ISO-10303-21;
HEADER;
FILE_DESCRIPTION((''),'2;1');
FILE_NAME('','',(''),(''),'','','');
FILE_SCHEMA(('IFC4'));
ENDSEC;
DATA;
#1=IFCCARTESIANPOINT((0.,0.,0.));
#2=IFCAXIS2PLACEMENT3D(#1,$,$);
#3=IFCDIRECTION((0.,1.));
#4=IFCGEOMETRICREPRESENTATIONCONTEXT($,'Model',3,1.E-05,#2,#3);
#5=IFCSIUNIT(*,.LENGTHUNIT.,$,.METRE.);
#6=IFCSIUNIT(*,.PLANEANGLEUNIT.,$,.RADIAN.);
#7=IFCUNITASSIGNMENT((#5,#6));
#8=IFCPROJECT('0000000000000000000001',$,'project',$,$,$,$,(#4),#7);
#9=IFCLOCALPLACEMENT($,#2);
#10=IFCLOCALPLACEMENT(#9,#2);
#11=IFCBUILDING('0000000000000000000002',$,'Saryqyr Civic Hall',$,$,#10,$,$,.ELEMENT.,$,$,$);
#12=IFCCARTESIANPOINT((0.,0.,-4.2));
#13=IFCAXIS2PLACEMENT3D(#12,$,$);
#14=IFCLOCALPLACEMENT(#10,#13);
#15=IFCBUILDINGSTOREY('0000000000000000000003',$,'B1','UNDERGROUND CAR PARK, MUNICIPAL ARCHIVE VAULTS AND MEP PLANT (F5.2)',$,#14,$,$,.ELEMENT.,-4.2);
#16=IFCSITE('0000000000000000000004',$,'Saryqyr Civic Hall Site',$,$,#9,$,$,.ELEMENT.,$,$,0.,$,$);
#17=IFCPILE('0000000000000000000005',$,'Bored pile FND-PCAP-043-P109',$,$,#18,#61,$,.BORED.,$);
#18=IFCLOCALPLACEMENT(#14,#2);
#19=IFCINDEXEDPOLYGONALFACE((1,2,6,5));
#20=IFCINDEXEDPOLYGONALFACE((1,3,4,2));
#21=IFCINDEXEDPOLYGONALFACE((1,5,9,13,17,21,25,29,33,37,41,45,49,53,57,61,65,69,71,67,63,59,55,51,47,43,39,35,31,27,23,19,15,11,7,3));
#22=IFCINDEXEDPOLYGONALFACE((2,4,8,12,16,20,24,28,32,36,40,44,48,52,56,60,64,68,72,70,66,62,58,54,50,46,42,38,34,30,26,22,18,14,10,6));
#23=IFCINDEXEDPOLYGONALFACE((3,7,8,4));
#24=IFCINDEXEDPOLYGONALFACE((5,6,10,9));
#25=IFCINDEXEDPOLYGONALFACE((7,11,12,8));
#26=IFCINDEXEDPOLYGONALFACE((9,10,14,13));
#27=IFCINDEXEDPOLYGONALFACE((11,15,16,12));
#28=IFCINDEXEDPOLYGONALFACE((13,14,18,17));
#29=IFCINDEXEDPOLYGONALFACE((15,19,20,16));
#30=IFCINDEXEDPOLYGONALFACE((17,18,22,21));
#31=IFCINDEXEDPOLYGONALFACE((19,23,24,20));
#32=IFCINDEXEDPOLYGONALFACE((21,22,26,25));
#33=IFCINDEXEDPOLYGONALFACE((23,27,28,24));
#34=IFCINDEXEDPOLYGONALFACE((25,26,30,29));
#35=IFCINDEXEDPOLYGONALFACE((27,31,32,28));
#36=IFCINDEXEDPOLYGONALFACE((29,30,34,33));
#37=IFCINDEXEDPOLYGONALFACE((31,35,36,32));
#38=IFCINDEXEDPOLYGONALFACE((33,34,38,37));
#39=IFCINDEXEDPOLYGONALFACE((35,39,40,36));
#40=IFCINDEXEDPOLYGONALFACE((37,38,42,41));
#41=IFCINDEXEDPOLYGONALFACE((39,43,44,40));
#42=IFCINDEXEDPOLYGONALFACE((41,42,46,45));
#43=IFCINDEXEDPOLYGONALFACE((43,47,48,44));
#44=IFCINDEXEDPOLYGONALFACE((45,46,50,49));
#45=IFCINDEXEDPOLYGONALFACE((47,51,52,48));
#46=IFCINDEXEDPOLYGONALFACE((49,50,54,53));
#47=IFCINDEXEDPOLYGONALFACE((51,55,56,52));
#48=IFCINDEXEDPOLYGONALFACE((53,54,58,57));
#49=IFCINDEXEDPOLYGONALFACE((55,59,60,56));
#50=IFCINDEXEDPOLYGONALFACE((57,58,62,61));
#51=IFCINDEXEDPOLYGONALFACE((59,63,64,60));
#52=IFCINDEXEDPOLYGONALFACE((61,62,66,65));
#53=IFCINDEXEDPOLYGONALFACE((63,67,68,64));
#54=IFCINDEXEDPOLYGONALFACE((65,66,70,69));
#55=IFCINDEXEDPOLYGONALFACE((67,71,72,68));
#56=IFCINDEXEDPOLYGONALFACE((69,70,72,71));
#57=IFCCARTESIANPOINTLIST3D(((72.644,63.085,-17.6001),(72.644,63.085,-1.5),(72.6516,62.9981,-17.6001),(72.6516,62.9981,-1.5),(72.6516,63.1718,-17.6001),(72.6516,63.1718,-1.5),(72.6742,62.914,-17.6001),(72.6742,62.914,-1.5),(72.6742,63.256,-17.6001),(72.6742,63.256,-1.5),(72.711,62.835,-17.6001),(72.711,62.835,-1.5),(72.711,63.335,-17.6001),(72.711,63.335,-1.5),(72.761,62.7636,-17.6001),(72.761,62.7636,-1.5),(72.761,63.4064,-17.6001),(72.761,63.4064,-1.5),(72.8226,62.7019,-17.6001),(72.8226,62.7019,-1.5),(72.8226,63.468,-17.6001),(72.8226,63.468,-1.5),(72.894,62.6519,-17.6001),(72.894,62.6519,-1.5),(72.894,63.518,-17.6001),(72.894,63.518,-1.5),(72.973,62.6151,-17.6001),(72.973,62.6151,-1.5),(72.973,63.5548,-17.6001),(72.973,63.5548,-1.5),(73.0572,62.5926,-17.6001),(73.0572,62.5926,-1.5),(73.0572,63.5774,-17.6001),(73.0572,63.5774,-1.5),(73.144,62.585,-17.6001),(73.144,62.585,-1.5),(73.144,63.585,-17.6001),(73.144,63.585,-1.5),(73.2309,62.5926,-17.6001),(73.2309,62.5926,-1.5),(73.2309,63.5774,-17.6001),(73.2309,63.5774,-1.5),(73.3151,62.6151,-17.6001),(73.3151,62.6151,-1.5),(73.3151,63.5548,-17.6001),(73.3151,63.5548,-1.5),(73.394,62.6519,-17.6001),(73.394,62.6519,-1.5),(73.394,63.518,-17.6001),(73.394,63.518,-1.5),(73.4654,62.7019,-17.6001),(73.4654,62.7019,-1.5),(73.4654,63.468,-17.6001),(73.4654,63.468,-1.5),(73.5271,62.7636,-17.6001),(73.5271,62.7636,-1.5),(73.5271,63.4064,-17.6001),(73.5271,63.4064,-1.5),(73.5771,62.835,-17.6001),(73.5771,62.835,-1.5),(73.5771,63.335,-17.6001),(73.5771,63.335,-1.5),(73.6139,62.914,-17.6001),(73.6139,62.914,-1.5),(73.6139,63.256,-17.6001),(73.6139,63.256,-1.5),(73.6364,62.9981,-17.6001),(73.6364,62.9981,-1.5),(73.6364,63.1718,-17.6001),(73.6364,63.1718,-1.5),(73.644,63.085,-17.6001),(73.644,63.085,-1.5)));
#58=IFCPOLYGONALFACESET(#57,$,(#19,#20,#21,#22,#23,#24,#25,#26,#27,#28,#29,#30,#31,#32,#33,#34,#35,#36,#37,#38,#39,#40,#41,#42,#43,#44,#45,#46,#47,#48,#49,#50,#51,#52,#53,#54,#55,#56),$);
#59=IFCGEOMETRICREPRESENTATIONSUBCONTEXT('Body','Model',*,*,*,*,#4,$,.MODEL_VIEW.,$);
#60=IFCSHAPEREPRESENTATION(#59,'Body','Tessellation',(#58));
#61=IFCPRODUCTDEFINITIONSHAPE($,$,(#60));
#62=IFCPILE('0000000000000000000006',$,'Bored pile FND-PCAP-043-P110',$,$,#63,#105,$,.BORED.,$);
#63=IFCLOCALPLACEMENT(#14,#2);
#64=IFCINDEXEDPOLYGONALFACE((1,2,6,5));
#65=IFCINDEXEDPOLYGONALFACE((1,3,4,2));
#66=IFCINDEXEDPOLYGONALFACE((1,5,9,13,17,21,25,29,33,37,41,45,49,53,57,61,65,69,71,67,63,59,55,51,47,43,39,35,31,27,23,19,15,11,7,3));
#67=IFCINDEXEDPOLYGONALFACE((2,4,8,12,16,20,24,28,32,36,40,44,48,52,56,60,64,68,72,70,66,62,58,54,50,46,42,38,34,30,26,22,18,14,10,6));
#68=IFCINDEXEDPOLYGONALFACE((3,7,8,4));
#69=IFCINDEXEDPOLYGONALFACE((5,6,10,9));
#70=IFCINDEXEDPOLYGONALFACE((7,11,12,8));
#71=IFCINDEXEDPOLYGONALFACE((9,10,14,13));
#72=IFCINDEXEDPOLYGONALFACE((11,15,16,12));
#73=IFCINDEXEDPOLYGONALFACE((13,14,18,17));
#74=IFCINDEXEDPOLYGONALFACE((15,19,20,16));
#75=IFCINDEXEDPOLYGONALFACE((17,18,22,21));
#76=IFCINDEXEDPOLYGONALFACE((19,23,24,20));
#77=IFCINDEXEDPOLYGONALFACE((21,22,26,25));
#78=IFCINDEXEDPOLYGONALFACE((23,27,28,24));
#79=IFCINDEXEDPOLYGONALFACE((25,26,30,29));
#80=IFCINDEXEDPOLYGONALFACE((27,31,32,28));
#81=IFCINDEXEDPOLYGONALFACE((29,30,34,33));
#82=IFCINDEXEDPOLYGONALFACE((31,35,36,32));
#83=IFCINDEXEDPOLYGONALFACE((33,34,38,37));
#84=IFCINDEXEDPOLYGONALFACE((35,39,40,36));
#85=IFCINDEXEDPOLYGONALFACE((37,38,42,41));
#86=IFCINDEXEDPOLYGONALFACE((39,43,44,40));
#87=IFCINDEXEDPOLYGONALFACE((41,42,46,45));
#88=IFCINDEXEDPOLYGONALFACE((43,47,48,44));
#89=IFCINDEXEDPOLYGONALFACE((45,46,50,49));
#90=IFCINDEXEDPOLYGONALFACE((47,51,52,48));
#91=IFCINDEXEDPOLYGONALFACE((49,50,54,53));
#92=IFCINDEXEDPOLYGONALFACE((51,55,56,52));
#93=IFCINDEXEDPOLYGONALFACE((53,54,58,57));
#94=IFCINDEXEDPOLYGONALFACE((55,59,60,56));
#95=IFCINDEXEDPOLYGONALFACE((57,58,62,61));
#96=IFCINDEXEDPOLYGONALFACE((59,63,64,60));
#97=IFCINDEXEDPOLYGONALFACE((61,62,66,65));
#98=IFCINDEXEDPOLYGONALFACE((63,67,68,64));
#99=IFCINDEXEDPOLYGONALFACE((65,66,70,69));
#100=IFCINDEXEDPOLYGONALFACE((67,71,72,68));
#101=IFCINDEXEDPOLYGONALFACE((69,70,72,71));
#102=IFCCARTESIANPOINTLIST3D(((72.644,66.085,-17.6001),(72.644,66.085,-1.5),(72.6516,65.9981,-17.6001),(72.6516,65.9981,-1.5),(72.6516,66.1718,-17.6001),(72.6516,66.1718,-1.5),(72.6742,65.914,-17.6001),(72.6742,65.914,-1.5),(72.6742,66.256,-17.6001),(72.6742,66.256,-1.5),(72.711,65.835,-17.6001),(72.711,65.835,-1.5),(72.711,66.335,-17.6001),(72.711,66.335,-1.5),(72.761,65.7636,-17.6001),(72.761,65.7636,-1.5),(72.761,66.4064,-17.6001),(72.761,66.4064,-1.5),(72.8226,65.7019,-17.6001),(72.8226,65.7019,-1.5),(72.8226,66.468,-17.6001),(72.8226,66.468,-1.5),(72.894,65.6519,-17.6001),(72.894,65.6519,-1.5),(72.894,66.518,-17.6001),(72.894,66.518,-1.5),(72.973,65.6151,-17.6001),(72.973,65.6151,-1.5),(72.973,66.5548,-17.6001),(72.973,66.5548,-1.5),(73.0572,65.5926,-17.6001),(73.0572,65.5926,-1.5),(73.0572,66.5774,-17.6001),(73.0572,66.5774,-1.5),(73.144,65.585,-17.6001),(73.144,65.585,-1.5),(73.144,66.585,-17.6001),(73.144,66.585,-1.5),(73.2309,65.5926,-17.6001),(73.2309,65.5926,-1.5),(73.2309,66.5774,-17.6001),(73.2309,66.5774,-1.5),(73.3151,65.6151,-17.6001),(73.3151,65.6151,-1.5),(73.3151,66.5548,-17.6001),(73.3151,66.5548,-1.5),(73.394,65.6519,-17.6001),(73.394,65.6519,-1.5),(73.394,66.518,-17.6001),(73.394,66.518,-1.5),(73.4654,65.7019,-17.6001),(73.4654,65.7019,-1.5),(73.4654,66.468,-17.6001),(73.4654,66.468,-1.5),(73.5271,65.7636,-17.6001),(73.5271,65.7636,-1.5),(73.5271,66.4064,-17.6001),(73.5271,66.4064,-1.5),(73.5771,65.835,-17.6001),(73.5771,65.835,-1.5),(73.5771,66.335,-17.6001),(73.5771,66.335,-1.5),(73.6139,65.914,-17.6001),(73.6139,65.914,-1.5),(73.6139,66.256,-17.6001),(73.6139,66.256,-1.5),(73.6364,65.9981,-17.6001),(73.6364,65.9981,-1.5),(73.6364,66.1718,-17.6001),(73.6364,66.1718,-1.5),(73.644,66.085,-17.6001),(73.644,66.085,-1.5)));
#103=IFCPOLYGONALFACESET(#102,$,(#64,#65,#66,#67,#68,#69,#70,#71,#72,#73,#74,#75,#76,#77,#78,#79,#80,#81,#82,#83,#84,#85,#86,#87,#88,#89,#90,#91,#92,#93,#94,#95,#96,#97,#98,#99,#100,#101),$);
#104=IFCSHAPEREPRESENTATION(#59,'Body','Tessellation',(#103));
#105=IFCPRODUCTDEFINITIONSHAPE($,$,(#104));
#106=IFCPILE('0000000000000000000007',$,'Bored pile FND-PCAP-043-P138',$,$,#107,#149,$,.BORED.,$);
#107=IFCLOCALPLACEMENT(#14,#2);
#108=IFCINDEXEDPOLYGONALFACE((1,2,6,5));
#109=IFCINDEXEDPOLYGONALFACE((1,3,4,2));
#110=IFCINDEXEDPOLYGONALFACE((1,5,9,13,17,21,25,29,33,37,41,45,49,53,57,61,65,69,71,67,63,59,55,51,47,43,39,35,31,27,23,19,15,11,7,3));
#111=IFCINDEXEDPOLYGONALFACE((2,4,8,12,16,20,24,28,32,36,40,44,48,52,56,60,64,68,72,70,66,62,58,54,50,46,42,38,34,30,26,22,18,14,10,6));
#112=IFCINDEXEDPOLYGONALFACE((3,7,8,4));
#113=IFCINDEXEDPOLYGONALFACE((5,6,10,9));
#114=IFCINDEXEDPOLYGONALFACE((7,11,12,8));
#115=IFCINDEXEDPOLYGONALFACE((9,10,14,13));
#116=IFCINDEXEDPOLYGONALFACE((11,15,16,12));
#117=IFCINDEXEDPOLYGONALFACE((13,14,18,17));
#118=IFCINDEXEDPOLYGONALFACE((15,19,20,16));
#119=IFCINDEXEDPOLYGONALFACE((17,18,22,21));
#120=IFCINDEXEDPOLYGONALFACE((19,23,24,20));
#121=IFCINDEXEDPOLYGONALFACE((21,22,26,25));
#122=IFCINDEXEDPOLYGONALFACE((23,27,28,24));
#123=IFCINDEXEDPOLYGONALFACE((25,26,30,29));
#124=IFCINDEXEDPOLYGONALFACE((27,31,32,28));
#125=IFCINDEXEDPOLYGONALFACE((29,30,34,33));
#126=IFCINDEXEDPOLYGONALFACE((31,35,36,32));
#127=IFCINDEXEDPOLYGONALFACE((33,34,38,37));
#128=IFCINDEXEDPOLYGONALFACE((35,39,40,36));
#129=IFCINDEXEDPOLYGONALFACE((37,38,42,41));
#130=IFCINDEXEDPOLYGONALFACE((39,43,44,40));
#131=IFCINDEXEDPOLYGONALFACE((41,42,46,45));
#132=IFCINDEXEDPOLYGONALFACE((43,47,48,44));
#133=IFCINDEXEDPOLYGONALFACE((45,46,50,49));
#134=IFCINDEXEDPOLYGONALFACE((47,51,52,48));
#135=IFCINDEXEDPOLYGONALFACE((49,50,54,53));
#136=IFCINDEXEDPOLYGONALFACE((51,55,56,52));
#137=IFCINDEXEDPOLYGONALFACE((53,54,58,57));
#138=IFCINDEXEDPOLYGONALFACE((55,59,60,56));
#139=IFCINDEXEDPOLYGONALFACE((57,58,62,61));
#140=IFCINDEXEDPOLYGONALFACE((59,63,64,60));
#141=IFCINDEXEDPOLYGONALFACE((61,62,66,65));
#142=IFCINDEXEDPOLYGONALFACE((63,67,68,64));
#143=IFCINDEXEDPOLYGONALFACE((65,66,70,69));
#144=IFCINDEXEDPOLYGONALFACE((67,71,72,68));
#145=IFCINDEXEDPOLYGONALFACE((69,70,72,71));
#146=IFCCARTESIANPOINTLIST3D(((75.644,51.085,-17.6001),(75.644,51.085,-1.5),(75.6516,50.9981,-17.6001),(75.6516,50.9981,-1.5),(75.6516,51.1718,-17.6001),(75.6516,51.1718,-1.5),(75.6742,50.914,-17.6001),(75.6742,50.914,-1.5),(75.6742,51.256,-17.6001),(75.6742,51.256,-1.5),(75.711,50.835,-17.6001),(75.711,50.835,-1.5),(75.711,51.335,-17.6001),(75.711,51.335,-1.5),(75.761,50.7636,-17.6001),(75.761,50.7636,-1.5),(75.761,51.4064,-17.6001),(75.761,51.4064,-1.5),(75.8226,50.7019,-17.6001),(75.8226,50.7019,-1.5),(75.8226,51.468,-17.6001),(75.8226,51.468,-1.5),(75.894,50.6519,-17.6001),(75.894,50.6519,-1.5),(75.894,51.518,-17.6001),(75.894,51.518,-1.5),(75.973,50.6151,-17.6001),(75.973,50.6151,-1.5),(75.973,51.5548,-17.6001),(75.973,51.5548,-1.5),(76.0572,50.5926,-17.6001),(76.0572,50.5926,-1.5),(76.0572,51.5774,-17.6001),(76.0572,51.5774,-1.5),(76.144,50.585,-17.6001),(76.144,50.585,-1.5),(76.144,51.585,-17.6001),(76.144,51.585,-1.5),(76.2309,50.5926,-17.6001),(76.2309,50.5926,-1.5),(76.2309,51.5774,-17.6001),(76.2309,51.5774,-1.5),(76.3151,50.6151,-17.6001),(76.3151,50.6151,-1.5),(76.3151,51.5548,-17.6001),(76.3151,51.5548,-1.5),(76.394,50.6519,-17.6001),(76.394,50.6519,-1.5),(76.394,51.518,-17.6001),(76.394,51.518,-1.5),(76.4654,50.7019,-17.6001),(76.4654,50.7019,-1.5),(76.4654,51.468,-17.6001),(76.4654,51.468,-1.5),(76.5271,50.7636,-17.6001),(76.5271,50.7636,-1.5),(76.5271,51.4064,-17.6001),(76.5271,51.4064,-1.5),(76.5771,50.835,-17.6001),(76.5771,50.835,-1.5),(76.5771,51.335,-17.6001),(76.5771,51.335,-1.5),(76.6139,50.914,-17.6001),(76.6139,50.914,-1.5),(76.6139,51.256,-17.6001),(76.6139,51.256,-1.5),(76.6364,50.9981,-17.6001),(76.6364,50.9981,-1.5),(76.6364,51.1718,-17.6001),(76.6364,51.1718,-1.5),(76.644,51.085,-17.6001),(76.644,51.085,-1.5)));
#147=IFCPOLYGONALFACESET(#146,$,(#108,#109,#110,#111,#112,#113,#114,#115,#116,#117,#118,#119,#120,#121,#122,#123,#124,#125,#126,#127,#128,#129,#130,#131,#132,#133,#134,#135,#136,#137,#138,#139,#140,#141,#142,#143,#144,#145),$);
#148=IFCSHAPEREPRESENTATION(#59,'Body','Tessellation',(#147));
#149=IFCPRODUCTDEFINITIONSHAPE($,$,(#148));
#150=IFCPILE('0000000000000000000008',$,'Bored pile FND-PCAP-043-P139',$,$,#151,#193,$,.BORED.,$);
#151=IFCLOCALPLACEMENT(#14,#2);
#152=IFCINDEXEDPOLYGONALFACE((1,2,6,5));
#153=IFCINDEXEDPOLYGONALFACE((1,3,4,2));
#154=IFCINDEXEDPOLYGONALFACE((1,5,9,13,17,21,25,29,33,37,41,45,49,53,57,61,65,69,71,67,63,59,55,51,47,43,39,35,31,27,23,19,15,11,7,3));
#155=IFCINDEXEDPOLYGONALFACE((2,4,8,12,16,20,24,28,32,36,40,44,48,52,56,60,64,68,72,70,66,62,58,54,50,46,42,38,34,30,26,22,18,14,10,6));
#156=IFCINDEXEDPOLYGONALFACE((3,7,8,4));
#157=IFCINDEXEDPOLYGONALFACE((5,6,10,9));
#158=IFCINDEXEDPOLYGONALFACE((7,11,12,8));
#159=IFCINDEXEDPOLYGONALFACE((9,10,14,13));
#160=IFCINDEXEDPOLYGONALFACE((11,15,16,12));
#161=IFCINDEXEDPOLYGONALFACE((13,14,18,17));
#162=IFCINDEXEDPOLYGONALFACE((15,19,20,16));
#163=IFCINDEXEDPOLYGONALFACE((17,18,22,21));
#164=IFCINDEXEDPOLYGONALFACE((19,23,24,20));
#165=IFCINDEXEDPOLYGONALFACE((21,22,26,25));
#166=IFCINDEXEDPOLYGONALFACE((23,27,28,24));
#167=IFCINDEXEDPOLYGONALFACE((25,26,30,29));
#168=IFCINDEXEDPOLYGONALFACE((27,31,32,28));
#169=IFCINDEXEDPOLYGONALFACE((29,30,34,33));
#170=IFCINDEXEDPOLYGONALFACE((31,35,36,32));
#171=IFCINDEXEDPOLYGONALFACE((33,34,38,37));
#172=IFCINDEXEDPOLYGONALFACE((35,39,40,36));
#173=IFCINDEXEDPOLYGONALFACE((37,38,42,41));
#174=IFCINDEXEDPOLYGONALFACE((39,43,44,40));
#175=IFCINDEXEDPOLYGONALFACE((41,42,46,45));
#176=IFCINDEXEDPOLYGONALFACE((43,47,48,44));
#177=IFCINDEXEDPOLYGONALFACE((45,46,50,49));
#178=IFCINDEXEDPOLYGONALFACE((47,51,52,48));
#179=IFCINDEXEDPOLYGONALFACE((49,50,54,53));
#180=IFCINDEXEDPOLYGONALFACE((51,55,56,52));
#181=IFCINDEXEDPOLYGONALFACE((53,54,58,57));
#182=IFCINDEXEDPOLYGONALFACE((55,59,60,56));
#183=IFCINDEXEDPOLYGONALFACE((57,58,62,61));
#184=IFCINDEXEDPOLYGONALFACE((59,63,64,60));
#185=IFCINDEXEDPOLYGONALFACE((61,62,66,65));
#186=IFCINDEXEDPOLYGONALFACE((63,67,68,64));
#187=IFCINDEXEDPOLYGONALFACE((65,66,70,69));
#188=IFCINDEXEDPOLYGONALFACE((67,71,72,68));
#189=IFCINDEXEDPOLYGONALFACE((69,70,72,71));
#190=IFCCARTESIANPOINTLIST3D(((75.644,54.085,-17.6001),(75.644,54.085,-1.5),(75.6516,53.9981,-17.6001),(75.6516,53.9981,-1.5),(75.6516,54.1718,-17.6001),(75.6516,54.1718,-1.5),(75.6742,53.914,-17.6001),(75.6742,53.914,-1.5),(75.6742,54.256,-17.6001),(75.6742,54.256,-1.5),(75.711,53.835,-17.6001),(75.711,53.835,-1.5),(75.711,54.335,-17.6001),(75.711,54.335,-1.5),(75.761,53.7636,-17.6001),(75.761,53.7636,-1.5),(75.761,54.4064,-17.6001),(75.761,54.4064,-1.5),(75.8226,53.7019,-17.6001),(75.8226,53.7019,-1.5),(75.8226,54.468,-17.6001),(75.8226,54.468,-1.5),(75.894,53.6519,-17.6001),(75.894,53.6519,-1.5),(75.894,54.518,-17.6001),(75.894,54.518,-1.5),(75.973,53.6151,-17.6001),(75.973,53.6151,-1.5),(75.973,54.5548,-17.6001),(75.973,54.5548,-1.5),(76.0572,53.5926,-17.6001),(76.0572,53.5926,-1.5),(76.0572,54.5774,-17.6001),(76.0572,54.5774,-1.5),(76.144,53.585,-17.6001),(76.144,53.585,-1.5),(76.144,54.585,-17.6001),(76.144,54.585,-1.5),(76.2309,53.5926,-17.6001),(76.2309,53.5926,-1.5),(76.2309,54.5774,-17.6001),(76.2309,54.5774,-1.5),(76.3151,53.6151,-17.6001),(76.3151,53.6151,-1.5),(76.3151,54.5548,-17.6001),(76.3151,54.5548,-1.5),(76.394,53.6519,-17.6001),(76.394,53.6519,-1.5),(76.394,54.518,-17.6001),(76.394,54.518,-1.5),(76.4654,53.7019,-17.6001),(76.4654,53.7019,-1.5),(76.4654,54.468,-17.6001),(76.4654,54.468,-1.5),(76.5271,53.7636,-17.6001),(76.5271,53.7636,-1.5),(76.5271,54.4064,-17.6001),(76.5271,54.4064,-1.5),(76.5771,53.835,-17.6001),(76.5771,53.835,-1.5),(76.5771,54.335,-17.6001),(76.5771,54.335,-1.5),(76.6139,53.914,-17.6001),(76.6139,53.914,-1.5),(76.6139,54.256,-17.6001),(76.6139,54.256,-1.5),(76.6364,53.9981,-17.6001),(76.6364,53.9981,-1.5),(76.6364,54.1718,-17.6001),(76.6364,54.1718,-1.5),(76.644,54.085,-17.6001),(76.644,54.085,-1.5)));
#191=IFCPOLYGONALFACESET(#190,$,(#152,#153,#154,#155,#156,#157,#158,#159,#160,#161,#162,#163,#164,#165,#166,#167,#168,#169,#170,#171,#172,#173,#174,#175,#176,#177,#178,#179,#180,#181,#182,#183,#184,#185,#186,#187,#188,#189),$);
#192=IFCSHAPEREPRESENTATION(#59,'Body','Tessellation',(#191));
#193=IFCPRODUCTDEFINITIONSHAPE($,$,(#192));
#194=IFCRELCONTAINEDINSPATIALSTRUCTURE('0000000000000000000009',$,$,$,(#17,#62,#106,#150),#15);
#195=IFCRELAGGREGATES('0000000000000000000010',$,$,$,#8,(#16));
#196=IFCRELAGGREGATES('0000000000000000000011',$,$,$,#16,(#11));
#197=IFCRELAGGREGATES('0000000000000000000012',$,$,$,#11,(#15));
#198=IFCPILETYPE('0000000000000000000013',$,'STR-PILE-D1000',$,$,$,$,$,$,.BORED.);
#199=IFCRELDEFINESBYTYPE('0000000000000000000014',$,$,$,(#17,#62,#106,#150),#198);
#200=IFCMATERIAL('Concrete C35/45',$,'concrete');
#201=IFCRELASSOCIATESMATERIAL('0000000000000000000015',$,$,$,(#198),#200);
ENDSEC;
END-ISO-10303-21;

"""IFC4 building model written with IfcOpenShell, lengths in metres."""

from ifc_helpers import new_model, si_unit, direction, frame, origin, origin_2d, place, context, subcontext, project, spatial, circle, extrude, material, material_profile, profile_set, type_object, element, save


model = new_model("IFC4")

# Units and contexts
model_context = context("Model", 3, precision=1e-05, world=origin(), true_north=direction((0.0, 1.0)))
body_context = subcontext(model_context, "Body", "Model", "MODEL_VIEW")
ifc_project = project(units=[si_unit("LENGTHUNIT", "METRE"), si_unit("PLANEANGLEUNIT", "RADIAN")], contexts=[model_context])

# Site, building, storey
site_placement = place(None, origin())
site = spatial("IfcSite", under=ifc_project, at=site_placement, Name="Saryqyr Civic Hall Site", CompositionType="ELEMENT", RefElevation=0.0)
building_placement = place(site_placement, origin())
building = spatial("IfcBuilding", under=site, at=building_placement, Name="Saryqyr Civic Hall", CompositionType="ELEMENT")
storey_placement = place(building_placement, frame((0.0, 0.0, -4.2)))
storey = spatial("IfcBuildingStorey", under=building, at=storey_placement, Name="B1", Description="UNDERGROUND CAR PARK, MUNICIPAL ARCHIVE VAULTS AND MEP PLANT (F5.2)", CompositionType="ELEMENT", Elevation=-4.2)

# Piles
ifc_material_1 = material(Name="Concrete C35/45", Category="concrete")
ifc_material_profile_1 = material_profile(ifc_material_1, circle(Radius=0.5, at=origin_2d()), Name="BORED PILE D1000")
ifc_profile_set_1 = profile_set([ifc_material_profile_1], Name="Concrete C35/45")
pile_type = type_object("IfcPileType", Name="STR-PILE-D1000", PredefinedType="BORED", material=ifc_profile_set_1)
for number, where, z_axis, x_axis, name in (
    (1, (73.144, 63.085, -1.5), (0.0, 0.0, -1.0), (1.0, 0.0, 0.0), "Bored pile FND-PCAP-043-P109"),
    (2, (73.144, 66.085, -1.5), (0.0, 0.0, -1.0), (1.0, 0.0, 0.0), "Bored pile FND-PCAP-043-P110"),
    (3, (76.144, 51.085, -1.5), (0.0, 0.0, -1.0), (1.0, 0.0, 0.0), "Bored pile FND-PCAP-043-P138"),
    (4, (76.144, 54.085, -1.5), (0.0, 0.0, -1.0), (1.0, 0.0, 0.0), "Bored pile FND-PCAP-043-P139"),
):
    element("IfcPile", number, at=place(storey_placement, frame(where, z_axis=z_axis, x_axis=x_axis)), inside=storey, type_object=pile_type, Name=name, PredefinedType="BORED", context=body_context, shape_type="SweptSolid", body=[
        extrude(circle(Radius=0.5, at=origin_2d()), origin(), (0.0, 0.0, 1.0), 16.1001),
    ])

save(model, "model.ifc")
